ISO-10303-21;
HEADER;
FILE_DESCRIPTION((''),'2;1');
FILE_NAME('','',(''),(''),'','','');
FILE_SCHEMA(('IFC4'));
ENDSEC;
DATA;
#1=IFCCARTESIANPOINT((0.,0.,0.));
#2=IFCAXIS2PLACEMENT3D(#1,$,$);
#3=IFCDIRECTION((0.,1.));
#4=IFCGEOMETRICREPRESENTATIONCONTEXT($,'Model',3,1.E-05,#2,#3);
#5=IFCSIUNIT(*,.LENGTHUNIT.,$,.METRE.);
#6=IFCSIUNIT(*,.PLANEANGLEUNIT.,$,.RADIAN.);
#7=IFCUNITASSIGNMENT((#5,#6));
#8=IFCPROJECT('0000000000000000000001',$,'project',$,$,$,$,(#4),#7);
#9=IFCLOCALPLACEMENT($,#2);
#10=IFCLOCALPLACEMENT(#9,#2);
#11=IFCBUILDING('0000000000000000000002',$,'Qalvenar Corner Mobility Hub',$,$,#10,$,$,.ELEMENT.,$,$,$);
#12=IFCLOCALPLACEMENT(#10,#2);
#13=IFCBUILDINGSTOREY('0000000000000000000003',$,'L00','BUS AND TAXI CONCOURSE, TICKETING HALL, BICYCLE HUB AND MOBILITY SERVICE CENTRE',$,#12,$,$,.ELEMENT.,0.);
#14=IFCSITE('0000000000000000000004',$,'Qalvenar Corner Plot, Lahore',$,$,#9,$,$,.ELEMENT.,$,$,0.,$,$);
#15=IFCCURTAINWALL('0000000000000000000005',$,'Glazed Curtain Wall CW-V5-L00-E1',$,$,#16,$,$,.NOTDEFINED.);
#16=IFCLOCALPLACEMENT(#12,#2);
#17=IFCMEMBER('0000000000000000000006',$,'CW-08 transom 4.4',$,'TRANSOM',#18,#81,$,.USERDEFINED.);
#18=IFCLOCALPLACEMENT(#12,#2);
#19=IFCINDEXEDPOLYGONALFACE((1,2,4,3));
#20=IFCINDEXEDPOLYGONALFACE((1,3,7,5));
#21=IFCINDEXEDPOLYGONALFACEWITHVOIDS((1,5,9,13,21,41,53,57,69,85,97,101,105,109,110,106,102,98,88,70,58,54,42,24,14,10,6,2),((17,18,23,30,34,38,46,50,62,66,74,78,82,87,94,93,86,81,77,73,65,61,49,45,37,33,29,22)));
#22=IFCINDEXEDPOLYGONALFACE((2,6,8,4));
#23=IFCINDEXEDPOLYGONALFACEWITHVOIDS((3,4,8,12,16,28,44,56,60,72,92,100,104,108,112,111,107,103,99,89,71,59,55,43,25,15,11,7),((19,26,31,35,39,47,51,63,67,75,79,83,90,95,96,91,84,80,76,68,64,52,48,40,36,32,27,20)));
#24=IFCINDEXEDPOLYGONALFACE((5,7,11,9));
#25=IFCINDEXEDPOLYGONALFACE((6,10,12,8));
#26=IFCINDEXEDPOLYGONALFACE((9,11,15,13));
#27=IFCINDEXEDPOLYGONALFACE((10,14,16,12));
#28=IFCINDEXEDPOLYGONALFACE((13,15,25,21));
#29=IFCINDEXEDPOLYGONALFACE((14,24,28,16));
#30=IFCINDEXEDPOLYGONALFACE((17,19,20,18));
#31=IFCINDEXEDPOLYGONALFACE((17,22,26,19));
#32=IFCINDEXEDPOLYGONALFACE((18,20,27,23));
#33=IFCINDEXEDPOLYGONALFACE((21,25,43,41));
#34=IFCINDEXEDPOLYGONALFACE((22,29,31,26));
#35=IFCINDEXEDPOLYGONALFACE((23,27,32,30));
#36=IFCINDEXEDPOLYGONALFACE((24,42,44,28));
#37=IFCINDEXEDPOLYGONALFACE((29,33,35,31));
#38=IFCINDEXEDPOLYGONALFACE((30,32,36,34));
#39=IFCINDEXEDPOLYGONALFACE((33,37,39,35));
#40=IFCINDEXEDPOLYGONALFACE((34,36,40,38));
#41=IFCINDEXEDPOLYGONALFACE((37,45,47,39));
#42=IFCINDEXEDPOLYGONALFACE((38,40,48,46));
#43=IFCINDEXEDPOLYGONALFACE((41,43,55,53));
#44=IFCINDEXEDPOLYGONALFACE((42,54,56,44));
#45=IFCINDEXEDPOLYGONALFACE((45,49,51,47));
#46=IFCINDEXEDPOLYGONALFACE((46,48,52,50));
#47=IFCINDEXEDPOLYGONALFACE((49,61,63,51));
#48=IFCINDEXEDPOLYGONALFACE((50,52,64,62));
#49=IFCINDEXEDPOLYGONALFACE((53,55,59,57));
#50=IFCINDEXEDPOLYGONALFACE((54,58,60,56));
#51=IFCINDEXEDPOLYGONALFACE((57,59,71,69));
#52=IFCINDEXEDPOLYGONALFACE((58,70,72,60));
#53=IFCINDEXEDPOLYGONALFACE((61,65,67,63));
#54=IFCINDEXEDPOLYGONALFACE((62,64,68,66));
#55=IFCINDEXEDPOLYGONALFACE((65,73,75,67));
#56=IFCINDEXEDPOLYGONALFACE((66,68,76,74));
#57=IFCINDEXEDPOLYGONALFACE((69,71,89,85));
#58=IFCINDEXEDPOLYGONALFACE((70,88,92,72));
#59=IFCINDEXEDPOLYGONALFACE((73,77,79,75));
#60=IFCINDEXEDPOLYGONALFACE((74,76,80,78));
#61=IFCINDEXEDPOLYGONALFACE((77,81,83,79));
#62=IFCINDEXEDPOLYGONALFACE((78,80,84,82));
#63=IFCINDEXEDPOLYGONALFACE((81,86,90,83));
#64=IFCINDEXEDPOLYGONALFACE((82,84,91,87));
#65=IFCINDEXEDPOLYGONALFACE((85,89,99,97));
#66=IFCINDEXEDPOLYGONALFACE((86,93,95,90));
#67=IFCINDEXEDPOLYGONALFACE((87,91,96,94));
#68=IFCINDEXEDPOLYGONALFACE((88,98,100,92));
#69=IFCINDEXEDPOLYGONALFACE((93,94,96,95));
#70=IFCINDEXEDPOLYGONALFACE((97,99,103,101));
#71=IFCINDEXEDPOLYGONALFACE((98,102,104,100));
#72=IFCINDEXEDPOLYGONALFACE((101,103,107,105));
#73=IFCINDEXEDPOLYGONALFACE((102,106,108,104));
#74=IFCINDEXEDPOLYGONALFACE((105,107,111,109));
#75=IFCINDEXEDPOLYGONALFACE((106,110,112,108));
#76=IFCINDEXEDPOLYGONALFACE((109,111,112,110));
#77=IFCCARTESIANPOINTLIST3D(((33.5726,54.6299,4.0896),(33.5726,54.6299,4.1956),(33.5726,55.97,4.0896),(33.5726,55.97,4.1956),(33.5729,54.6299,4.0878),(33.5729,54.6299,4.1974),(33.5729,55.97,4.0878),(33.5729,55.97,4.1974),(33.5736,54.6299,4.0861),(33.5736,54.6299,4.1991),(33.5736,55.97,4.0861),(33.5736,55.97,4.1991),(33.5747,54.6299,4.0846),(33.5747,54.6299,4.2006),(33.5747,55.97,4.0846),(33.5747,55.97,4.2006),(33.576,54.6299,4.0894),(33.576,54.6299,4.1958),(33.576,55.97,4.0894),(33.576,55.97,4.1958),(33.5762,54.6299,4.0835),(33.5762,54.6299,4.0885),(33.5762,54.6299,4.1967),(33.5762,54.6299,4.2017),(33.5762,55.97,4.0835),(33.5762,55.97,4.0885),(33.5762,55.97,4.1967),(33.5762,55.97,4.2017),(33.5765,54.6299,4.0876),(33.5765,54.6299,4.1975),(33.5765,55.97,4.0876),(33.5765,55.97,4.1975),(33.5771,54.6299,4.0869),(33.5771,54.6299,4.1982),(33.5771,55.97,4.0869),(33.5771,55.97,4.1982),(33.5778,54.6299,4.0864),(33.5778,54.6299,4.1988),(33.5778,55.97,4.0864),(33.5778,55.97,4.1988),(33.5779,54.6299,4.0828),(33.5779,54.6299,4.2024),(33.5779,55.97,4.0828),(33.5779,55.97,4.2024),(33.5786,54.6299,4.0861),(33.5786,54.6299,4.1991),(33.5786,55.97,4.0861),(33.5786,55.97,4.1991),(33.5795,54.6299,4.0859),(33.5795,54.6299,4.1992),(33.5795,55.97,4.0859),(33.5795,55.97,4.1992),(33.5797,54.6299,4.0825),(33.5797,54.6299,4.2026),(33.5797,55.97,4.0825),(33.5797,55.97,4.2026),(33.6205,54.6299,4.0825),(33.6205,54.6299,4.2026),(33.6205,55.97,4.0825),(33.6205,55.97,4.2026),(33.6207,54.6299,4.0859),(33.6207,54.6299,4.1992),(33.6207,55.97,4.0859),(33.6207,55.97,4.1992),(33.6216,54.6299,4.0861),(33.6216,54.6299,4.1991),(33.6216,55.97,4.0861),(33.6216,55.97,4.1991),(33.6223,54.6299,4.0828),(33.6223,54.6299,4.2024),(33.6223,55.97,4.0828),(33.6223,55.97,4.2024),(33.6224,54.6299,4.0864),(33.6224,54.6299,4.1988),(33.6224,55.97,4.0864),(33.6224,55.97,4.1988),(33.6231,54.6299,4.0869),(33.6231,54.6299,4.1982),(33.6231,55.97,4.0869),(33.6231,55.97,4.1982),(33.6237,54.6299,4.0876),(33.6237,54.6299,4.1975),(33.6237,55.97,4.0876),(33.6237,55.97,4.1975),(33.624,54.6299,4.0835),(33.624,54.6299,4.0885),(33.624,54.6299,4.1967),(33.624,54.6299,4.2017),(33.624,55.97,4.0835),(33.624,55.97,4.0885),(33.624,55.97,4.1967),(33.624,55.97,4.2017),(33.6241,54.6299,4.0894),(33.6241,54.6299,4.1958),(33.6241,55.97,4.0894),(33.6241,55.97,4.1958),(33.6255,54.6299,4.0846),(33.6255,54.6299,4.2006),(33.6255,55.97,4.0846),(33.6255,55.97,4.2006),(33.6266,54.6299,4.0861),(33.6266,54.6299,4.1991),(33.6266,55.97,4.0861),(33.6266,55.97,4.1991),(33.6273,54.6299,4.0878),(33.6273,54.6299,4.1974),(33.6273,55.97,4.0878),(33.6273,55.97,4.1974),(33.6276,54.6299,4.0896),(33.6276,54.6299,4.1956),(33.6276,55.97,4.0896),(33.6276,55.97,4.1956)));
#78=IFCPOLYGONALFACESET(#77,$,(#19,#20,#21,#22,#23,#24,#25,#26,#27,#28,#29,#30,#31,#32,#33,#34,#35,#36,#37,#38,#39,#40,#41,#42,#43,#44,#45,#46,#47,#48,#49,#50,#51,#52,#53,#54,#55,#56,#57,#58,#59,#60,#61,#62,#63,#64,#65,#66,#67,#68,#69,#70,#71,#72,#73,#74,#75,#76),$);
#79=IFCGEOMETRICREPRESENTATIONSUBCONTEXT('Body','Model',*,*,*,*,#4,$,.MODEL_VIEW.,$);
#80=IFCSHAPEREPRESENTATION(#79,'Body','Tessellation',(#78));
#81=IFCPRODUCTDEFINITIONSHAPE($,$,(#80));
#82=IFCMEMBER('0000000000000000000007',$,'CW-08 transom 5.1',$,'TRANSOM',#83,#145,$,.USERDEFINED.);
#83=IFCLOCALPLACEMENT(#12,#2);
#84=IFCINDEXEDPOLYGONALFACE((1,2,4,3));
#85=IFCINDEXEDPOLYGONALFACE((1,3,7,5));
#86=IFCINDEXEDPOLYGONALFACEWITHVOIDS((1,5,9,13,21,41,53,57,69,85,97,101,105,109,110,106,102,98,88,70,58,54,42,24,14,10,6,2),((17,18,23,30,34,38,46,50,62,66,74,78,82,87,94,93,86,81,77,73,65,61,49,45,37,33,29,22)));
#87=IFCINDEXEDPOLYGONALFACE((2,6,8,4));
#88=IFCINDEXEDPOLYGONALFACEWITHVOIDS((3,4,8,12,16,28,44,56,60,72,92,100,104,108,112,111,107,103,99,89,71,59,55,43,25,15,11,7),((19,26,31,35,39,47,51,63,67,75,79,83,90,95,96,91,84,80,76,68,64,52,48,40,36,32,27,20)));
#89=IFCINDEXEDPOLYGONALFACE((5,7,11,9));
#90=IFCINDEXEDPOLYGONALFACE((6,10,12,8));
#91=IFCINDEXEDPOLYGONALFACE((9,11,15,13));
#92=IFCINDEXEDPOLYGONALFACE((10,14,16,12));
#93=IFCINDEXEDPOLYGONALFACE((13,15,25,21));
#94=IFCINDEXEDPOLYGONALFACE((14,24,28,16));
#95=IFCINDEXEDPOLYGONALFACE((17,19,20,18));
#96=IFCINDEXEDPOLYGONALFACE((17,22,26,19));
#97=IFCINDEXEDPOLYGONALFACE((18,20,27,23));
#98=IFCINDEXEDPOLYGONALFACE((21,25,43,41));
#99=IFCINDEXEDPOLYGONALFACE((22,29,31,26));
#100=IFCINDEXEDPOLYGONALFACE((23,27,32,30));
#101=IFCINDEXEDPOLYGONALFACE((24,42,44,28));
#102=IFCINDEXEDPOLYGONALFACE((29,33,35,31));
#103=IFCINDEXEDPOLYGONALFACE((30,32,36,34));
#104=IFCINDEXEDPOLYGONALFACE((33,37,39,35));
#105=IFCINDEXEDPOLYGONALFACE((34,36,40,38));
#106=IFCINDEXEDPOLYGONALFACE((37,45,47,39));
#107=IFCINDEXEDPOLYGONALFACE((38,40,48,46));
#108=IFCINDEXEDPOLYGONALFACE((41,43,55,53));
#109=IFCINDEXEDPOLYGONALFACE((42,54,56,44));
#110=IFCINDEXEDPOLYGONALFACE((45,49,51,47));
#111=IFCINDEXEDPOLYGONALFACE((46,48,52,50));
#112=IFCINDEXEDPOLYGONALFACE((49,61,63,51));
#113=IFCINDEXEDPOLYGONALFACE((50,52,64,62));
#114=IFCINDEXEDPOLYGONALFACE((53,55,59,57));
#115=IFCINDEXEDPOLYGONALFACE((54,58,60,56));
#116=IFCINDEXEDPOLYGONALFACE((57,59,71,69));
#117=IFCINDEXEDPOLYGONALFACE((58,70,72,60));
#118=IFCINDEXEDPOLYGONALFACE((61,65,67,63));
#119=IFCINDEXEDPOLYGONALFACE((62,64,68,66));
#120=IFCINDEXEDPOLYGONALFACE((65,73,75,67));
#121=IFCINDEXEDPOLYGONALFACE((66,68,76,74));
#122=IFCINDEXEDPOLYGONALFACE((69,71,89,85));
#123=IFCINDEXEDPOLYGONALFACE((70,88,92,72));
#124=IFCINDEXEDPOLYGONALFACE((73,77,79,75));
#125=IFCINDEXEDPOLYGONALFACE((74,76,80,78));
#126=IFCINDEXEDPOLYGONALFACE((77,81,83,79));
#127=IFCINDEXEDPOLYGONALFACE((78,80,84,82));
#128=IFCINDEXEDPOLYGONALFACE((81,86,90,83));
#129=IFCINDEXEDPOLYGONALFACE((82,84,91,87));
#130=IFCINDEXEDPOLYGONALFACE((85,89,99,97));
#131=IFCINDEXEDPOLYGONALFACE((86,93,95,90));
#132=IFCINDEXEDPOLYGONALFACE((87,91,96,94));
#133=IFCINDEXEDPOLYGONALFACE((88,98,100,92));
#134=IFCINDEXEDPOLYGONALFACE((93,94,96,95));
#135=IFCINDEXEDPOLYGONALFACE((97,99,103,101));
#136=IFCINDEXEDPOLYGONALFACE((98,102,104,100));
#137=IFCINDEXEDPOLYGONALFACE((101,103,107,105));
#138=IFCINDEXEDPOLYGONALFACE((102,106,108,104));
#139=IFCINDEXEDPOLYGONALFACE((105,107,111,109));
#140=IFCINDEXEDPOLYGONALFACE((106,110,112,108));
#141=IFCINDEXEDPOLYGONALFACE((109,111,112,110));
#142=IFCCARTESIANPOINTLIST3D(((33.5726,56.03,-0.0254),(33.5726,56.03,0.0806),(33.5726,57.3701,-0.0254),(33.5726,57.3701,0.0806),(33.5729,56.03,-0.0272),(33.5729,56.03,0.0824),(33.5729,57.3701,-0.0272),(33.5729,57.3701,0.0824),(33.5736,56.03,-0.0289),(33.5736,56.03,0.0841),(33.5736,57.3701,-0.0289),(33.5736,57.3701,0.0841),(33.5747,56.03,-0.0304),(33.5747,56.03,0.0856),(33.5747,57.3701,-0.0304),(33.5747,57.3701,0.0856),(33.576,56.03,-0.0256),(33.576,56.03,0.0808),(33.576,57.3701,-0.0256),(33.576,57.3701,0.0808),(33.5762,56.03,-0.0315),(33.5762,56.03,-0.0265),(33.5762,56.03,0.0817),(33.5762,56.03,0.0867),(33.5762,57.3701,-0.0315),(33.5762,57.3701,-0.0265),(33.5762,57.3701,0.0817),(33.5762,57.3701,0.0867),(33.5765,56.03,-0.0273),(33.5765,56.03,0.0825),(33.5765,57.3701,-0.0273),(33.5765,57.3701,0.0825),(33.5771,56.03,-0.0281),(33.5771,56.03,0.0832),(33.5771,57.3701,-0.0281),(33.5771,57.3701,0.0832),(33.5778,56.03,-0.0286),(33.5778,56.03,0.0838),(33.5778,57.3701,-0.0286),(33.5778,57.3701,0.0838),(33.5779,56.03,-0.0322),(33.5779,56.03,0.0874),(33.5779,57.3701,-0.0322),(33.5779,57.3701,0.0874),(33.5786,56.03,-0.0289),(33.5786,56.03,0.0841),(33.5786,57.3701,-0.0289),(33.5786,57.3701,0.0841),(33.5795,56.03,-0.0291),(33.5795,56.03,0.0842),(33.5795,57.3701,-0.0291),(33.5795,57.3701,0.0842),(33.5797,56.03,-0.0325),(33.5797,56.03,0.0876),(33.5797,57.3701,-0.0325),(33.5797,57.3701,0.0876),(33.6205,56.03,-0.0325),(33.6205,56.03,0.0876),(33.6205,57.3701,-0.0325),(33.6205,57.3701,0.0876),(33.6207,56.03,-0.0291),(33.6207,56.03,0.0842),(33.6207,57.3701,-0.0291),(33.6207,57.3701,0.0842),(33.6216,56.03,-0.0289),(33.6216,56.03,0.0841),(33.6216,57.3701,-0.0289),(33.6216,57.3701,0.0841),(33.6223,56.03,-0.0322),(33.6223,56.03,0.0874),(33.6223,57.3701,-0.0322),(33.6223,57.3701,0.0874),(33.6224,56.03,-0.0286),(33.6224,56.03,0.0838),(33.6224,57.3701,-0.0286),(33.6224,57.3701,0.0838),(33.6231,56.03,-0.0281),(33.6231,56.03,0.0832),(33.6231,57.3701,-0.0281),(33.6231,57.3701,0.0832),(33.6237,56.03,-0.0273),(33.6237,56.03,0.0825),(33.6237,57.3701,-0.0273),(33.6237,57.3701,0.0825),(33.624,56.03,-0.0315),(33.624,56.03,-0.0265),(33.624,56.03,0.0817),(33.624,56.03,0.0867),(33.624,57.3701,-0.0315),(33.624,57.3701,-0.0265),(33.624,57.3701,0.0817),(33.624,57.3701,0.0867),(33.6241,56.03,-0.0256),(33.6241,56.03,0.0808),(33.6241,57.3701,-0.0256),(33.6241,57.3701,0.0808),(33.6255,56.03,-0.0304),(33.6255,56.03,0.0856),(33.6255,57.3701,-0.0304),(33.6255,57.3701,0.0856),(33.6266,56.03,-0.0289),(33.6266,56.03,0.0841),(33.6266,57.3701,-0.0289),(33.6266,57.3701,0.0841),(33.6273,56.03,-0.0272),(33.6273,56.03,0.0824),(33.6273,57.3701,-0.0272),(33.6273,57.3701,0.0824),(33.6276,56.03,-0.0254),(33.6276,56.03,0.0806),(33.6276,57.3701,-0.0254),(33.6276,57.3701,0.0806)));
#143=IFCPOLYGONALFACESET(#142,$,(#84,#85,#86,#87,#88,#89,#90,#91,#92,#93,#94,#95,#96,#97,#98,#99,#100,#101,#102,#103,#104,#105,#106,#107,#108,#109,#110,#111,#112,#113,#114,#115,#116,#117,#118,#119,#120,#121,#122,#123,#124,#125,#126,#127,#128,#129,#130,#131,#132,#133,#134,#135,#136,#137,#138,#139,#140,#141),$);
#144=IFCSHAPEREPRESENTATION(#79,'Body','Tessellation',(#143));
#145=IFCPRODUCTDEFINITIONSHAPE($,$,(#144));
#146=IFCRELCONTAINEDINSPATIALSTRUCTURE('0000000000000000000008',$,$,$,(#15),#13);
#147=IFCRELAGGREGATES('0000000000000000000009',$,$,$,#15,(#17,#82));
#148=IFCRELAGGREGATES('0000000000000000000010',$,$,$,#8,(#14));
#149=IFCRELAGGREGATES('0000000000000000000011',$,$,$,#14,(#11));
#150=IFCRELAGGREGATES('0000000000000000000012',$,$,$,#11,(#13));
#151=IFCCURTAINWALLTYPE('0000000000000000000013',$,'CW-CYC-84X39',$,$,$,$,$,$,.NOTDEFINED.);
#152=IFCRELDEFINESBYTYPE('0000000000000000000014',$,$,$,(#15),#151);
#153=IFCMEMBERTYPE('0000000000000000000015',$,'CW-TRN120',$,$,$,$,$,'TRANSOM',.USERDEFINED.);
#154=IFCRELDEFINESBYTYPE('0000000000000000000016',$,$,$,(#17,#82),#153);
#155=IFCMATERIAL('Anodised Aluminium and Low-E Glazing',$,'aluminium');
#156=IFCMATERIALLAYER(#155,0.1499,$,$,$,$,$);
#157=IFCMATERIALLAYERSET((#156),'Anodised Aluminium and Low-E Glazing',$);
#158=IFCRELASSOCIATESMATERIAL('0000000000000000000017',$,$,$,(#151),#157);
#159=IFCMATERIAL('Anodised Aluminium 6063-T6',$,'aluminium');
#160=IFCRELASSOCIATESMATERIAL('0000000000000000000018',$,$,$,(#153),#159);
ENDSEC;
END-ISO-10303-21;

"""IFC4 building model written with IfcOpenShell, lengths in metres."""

from ifc_helpers import new_model, si_unit, direction, frame, origin, origin_2d, place, context, subcontext, project, spatial, hollow_rectangle, extrude, material, layer, layer_set, material_profile, profile_set, type_object, element, aggregate, save


model = new_model("IFC4")

# Units and contexts
model_context = context("Model", 3, precision=1e-05, world=origin(), true_north=direction((0.0, 1.0)))
body_context = subcontext(model_context, "Body", "Model", "MODEL_VIEW")
ifc_project = project(units=[si_unit("LENGTHUNIT", "METRE"), si_unit("PLANEANGLEUNIT", "RADIAN")], contexts=[model_context])

# Site, building, storey
site_placement = place(None, origin())
site = spatial("IfcSite", under=ifc_project, at=site_placement, Name="Qalvenar Corner Plot, Lahore", CompositionType="ELEMENT", RefElevation=0.0)
building_placement = place(site_placement, origin())
building = spatial("IfcBuilding", under=site, at=building_placement, Name="Qalvenar Corner Mobility Hub", CompositionType="ELEMENT")
storey_placement = place(building_placement, origin())
storey = spatial("IfcBuildingStorey", under=building, at=storey_placement, Name="L00", Description="BUS AND TAXI CONCOURSE, TICKETING HALL, BICYCLE HUB AND MOBILITY SERVICE CENTRE", CompositionType="ELEMENT", Elevation=0.0)

# Curtain wall, members
ifc_material_1 = material(Name="Anodised Aluminium and Low-E Glazing", Category="aluminium")
ifc_layer_1 = layer(ifc_material_1, 0.1499)
ifc_layer_set_1 = layer_set([ifc_layer_1], Name="Anodised Aluminium and Low-E Glazing")
curtain_wall_type = type_object("IfcCurtainWallType", Name="CW-CYC-84X39", PredefinedType="NOTDEFINED", material=ifc_layer_set_1)
curtain_wall_placement = place(storey_placement, origin())
curtain_wall = element("IfcCurtainWall", 1, at=curtain_wall_placement, inside=storey, type_object=curtain_wall_type, Name="Glazed Curtain Wall CW-V5-L00-E1", PredefinedType="NOTDEFINED")
ifc_material_2 = material(Name="Anodised Aluminium 6063-T6", Category="aluminium")
ifc_material_profile_1 = material_profile(ifc_material_2, hollow_rectangle(XDim=0.0549, YDim=0.1201, WallThickness=0.0034, InnerFilletRadius=0.0034, OuterFilletRadius=0.0071, at=origin_2d()), Name="RHS120x55x3.5")
ifc_profile_set_1 = profile_set([ifc_material_profile_1], Name="Anodised Aluminium 6063-T6")
member_type_1 = type_object("IfcMemberType", Name="CW-TRN120", ElementType="TRANSOM", PredefinedType="USERDEFINED", material=ifc_profile_set_1)
member_1_placement = place(storey_placement, frame((33.6001, 54.6299, 4.1426), z_axis=(0.0, 1.0, 0.0), x_axis=(-1.0, 0.0, 0.0)))
member_1 = element("IfcMember", 2, at=member_1_placement, type_object=member_type_1, Name="CW-08 transom 4.4", ObjectType="TRANSOM", PredefinedType="USERDEFINED", context=body_context, shape_type="SweptSolid", body=[
    extrude(hollow_rectangle(XDim=0.0549, YDim=0.1201, WallThickness=0.0034, InnerFilletRadius=0.0034, OuterFilletRadius=0.0071, at=origin_2d()), origin(), (0.0, 0.0, 1.0), 1.3401),
])
member_2_placement = place(storey_placement, frame((33.6001, 56.03, 0.0276), z_axis=(0.0, 1.0, 0.0), x_axis=(-1.0, 0.0, 0.0)))
member_2 = element("IfcMember", 3, at=member_2_placement, type_object=member_type_1, Name="CW-08 transom 5.1", ObjectType="TRANSOM", PredefinedType="USERDEFINED", context=body_context, shape_type="SweptSolid", body=[
    extrude(hollow_rectangle(XDim=0.0549, YDim=0.1201, WallThickness=0.0034, InnerFilletRadius=0.0034, OuterFilletRadius=0.0071, at=origin_2d()), origin(), (0.0, 0.0, 1.0), 1.3401),
])
aggregate(curtain_wall, [member_1, member_2])

save(model, "model.ifc")
